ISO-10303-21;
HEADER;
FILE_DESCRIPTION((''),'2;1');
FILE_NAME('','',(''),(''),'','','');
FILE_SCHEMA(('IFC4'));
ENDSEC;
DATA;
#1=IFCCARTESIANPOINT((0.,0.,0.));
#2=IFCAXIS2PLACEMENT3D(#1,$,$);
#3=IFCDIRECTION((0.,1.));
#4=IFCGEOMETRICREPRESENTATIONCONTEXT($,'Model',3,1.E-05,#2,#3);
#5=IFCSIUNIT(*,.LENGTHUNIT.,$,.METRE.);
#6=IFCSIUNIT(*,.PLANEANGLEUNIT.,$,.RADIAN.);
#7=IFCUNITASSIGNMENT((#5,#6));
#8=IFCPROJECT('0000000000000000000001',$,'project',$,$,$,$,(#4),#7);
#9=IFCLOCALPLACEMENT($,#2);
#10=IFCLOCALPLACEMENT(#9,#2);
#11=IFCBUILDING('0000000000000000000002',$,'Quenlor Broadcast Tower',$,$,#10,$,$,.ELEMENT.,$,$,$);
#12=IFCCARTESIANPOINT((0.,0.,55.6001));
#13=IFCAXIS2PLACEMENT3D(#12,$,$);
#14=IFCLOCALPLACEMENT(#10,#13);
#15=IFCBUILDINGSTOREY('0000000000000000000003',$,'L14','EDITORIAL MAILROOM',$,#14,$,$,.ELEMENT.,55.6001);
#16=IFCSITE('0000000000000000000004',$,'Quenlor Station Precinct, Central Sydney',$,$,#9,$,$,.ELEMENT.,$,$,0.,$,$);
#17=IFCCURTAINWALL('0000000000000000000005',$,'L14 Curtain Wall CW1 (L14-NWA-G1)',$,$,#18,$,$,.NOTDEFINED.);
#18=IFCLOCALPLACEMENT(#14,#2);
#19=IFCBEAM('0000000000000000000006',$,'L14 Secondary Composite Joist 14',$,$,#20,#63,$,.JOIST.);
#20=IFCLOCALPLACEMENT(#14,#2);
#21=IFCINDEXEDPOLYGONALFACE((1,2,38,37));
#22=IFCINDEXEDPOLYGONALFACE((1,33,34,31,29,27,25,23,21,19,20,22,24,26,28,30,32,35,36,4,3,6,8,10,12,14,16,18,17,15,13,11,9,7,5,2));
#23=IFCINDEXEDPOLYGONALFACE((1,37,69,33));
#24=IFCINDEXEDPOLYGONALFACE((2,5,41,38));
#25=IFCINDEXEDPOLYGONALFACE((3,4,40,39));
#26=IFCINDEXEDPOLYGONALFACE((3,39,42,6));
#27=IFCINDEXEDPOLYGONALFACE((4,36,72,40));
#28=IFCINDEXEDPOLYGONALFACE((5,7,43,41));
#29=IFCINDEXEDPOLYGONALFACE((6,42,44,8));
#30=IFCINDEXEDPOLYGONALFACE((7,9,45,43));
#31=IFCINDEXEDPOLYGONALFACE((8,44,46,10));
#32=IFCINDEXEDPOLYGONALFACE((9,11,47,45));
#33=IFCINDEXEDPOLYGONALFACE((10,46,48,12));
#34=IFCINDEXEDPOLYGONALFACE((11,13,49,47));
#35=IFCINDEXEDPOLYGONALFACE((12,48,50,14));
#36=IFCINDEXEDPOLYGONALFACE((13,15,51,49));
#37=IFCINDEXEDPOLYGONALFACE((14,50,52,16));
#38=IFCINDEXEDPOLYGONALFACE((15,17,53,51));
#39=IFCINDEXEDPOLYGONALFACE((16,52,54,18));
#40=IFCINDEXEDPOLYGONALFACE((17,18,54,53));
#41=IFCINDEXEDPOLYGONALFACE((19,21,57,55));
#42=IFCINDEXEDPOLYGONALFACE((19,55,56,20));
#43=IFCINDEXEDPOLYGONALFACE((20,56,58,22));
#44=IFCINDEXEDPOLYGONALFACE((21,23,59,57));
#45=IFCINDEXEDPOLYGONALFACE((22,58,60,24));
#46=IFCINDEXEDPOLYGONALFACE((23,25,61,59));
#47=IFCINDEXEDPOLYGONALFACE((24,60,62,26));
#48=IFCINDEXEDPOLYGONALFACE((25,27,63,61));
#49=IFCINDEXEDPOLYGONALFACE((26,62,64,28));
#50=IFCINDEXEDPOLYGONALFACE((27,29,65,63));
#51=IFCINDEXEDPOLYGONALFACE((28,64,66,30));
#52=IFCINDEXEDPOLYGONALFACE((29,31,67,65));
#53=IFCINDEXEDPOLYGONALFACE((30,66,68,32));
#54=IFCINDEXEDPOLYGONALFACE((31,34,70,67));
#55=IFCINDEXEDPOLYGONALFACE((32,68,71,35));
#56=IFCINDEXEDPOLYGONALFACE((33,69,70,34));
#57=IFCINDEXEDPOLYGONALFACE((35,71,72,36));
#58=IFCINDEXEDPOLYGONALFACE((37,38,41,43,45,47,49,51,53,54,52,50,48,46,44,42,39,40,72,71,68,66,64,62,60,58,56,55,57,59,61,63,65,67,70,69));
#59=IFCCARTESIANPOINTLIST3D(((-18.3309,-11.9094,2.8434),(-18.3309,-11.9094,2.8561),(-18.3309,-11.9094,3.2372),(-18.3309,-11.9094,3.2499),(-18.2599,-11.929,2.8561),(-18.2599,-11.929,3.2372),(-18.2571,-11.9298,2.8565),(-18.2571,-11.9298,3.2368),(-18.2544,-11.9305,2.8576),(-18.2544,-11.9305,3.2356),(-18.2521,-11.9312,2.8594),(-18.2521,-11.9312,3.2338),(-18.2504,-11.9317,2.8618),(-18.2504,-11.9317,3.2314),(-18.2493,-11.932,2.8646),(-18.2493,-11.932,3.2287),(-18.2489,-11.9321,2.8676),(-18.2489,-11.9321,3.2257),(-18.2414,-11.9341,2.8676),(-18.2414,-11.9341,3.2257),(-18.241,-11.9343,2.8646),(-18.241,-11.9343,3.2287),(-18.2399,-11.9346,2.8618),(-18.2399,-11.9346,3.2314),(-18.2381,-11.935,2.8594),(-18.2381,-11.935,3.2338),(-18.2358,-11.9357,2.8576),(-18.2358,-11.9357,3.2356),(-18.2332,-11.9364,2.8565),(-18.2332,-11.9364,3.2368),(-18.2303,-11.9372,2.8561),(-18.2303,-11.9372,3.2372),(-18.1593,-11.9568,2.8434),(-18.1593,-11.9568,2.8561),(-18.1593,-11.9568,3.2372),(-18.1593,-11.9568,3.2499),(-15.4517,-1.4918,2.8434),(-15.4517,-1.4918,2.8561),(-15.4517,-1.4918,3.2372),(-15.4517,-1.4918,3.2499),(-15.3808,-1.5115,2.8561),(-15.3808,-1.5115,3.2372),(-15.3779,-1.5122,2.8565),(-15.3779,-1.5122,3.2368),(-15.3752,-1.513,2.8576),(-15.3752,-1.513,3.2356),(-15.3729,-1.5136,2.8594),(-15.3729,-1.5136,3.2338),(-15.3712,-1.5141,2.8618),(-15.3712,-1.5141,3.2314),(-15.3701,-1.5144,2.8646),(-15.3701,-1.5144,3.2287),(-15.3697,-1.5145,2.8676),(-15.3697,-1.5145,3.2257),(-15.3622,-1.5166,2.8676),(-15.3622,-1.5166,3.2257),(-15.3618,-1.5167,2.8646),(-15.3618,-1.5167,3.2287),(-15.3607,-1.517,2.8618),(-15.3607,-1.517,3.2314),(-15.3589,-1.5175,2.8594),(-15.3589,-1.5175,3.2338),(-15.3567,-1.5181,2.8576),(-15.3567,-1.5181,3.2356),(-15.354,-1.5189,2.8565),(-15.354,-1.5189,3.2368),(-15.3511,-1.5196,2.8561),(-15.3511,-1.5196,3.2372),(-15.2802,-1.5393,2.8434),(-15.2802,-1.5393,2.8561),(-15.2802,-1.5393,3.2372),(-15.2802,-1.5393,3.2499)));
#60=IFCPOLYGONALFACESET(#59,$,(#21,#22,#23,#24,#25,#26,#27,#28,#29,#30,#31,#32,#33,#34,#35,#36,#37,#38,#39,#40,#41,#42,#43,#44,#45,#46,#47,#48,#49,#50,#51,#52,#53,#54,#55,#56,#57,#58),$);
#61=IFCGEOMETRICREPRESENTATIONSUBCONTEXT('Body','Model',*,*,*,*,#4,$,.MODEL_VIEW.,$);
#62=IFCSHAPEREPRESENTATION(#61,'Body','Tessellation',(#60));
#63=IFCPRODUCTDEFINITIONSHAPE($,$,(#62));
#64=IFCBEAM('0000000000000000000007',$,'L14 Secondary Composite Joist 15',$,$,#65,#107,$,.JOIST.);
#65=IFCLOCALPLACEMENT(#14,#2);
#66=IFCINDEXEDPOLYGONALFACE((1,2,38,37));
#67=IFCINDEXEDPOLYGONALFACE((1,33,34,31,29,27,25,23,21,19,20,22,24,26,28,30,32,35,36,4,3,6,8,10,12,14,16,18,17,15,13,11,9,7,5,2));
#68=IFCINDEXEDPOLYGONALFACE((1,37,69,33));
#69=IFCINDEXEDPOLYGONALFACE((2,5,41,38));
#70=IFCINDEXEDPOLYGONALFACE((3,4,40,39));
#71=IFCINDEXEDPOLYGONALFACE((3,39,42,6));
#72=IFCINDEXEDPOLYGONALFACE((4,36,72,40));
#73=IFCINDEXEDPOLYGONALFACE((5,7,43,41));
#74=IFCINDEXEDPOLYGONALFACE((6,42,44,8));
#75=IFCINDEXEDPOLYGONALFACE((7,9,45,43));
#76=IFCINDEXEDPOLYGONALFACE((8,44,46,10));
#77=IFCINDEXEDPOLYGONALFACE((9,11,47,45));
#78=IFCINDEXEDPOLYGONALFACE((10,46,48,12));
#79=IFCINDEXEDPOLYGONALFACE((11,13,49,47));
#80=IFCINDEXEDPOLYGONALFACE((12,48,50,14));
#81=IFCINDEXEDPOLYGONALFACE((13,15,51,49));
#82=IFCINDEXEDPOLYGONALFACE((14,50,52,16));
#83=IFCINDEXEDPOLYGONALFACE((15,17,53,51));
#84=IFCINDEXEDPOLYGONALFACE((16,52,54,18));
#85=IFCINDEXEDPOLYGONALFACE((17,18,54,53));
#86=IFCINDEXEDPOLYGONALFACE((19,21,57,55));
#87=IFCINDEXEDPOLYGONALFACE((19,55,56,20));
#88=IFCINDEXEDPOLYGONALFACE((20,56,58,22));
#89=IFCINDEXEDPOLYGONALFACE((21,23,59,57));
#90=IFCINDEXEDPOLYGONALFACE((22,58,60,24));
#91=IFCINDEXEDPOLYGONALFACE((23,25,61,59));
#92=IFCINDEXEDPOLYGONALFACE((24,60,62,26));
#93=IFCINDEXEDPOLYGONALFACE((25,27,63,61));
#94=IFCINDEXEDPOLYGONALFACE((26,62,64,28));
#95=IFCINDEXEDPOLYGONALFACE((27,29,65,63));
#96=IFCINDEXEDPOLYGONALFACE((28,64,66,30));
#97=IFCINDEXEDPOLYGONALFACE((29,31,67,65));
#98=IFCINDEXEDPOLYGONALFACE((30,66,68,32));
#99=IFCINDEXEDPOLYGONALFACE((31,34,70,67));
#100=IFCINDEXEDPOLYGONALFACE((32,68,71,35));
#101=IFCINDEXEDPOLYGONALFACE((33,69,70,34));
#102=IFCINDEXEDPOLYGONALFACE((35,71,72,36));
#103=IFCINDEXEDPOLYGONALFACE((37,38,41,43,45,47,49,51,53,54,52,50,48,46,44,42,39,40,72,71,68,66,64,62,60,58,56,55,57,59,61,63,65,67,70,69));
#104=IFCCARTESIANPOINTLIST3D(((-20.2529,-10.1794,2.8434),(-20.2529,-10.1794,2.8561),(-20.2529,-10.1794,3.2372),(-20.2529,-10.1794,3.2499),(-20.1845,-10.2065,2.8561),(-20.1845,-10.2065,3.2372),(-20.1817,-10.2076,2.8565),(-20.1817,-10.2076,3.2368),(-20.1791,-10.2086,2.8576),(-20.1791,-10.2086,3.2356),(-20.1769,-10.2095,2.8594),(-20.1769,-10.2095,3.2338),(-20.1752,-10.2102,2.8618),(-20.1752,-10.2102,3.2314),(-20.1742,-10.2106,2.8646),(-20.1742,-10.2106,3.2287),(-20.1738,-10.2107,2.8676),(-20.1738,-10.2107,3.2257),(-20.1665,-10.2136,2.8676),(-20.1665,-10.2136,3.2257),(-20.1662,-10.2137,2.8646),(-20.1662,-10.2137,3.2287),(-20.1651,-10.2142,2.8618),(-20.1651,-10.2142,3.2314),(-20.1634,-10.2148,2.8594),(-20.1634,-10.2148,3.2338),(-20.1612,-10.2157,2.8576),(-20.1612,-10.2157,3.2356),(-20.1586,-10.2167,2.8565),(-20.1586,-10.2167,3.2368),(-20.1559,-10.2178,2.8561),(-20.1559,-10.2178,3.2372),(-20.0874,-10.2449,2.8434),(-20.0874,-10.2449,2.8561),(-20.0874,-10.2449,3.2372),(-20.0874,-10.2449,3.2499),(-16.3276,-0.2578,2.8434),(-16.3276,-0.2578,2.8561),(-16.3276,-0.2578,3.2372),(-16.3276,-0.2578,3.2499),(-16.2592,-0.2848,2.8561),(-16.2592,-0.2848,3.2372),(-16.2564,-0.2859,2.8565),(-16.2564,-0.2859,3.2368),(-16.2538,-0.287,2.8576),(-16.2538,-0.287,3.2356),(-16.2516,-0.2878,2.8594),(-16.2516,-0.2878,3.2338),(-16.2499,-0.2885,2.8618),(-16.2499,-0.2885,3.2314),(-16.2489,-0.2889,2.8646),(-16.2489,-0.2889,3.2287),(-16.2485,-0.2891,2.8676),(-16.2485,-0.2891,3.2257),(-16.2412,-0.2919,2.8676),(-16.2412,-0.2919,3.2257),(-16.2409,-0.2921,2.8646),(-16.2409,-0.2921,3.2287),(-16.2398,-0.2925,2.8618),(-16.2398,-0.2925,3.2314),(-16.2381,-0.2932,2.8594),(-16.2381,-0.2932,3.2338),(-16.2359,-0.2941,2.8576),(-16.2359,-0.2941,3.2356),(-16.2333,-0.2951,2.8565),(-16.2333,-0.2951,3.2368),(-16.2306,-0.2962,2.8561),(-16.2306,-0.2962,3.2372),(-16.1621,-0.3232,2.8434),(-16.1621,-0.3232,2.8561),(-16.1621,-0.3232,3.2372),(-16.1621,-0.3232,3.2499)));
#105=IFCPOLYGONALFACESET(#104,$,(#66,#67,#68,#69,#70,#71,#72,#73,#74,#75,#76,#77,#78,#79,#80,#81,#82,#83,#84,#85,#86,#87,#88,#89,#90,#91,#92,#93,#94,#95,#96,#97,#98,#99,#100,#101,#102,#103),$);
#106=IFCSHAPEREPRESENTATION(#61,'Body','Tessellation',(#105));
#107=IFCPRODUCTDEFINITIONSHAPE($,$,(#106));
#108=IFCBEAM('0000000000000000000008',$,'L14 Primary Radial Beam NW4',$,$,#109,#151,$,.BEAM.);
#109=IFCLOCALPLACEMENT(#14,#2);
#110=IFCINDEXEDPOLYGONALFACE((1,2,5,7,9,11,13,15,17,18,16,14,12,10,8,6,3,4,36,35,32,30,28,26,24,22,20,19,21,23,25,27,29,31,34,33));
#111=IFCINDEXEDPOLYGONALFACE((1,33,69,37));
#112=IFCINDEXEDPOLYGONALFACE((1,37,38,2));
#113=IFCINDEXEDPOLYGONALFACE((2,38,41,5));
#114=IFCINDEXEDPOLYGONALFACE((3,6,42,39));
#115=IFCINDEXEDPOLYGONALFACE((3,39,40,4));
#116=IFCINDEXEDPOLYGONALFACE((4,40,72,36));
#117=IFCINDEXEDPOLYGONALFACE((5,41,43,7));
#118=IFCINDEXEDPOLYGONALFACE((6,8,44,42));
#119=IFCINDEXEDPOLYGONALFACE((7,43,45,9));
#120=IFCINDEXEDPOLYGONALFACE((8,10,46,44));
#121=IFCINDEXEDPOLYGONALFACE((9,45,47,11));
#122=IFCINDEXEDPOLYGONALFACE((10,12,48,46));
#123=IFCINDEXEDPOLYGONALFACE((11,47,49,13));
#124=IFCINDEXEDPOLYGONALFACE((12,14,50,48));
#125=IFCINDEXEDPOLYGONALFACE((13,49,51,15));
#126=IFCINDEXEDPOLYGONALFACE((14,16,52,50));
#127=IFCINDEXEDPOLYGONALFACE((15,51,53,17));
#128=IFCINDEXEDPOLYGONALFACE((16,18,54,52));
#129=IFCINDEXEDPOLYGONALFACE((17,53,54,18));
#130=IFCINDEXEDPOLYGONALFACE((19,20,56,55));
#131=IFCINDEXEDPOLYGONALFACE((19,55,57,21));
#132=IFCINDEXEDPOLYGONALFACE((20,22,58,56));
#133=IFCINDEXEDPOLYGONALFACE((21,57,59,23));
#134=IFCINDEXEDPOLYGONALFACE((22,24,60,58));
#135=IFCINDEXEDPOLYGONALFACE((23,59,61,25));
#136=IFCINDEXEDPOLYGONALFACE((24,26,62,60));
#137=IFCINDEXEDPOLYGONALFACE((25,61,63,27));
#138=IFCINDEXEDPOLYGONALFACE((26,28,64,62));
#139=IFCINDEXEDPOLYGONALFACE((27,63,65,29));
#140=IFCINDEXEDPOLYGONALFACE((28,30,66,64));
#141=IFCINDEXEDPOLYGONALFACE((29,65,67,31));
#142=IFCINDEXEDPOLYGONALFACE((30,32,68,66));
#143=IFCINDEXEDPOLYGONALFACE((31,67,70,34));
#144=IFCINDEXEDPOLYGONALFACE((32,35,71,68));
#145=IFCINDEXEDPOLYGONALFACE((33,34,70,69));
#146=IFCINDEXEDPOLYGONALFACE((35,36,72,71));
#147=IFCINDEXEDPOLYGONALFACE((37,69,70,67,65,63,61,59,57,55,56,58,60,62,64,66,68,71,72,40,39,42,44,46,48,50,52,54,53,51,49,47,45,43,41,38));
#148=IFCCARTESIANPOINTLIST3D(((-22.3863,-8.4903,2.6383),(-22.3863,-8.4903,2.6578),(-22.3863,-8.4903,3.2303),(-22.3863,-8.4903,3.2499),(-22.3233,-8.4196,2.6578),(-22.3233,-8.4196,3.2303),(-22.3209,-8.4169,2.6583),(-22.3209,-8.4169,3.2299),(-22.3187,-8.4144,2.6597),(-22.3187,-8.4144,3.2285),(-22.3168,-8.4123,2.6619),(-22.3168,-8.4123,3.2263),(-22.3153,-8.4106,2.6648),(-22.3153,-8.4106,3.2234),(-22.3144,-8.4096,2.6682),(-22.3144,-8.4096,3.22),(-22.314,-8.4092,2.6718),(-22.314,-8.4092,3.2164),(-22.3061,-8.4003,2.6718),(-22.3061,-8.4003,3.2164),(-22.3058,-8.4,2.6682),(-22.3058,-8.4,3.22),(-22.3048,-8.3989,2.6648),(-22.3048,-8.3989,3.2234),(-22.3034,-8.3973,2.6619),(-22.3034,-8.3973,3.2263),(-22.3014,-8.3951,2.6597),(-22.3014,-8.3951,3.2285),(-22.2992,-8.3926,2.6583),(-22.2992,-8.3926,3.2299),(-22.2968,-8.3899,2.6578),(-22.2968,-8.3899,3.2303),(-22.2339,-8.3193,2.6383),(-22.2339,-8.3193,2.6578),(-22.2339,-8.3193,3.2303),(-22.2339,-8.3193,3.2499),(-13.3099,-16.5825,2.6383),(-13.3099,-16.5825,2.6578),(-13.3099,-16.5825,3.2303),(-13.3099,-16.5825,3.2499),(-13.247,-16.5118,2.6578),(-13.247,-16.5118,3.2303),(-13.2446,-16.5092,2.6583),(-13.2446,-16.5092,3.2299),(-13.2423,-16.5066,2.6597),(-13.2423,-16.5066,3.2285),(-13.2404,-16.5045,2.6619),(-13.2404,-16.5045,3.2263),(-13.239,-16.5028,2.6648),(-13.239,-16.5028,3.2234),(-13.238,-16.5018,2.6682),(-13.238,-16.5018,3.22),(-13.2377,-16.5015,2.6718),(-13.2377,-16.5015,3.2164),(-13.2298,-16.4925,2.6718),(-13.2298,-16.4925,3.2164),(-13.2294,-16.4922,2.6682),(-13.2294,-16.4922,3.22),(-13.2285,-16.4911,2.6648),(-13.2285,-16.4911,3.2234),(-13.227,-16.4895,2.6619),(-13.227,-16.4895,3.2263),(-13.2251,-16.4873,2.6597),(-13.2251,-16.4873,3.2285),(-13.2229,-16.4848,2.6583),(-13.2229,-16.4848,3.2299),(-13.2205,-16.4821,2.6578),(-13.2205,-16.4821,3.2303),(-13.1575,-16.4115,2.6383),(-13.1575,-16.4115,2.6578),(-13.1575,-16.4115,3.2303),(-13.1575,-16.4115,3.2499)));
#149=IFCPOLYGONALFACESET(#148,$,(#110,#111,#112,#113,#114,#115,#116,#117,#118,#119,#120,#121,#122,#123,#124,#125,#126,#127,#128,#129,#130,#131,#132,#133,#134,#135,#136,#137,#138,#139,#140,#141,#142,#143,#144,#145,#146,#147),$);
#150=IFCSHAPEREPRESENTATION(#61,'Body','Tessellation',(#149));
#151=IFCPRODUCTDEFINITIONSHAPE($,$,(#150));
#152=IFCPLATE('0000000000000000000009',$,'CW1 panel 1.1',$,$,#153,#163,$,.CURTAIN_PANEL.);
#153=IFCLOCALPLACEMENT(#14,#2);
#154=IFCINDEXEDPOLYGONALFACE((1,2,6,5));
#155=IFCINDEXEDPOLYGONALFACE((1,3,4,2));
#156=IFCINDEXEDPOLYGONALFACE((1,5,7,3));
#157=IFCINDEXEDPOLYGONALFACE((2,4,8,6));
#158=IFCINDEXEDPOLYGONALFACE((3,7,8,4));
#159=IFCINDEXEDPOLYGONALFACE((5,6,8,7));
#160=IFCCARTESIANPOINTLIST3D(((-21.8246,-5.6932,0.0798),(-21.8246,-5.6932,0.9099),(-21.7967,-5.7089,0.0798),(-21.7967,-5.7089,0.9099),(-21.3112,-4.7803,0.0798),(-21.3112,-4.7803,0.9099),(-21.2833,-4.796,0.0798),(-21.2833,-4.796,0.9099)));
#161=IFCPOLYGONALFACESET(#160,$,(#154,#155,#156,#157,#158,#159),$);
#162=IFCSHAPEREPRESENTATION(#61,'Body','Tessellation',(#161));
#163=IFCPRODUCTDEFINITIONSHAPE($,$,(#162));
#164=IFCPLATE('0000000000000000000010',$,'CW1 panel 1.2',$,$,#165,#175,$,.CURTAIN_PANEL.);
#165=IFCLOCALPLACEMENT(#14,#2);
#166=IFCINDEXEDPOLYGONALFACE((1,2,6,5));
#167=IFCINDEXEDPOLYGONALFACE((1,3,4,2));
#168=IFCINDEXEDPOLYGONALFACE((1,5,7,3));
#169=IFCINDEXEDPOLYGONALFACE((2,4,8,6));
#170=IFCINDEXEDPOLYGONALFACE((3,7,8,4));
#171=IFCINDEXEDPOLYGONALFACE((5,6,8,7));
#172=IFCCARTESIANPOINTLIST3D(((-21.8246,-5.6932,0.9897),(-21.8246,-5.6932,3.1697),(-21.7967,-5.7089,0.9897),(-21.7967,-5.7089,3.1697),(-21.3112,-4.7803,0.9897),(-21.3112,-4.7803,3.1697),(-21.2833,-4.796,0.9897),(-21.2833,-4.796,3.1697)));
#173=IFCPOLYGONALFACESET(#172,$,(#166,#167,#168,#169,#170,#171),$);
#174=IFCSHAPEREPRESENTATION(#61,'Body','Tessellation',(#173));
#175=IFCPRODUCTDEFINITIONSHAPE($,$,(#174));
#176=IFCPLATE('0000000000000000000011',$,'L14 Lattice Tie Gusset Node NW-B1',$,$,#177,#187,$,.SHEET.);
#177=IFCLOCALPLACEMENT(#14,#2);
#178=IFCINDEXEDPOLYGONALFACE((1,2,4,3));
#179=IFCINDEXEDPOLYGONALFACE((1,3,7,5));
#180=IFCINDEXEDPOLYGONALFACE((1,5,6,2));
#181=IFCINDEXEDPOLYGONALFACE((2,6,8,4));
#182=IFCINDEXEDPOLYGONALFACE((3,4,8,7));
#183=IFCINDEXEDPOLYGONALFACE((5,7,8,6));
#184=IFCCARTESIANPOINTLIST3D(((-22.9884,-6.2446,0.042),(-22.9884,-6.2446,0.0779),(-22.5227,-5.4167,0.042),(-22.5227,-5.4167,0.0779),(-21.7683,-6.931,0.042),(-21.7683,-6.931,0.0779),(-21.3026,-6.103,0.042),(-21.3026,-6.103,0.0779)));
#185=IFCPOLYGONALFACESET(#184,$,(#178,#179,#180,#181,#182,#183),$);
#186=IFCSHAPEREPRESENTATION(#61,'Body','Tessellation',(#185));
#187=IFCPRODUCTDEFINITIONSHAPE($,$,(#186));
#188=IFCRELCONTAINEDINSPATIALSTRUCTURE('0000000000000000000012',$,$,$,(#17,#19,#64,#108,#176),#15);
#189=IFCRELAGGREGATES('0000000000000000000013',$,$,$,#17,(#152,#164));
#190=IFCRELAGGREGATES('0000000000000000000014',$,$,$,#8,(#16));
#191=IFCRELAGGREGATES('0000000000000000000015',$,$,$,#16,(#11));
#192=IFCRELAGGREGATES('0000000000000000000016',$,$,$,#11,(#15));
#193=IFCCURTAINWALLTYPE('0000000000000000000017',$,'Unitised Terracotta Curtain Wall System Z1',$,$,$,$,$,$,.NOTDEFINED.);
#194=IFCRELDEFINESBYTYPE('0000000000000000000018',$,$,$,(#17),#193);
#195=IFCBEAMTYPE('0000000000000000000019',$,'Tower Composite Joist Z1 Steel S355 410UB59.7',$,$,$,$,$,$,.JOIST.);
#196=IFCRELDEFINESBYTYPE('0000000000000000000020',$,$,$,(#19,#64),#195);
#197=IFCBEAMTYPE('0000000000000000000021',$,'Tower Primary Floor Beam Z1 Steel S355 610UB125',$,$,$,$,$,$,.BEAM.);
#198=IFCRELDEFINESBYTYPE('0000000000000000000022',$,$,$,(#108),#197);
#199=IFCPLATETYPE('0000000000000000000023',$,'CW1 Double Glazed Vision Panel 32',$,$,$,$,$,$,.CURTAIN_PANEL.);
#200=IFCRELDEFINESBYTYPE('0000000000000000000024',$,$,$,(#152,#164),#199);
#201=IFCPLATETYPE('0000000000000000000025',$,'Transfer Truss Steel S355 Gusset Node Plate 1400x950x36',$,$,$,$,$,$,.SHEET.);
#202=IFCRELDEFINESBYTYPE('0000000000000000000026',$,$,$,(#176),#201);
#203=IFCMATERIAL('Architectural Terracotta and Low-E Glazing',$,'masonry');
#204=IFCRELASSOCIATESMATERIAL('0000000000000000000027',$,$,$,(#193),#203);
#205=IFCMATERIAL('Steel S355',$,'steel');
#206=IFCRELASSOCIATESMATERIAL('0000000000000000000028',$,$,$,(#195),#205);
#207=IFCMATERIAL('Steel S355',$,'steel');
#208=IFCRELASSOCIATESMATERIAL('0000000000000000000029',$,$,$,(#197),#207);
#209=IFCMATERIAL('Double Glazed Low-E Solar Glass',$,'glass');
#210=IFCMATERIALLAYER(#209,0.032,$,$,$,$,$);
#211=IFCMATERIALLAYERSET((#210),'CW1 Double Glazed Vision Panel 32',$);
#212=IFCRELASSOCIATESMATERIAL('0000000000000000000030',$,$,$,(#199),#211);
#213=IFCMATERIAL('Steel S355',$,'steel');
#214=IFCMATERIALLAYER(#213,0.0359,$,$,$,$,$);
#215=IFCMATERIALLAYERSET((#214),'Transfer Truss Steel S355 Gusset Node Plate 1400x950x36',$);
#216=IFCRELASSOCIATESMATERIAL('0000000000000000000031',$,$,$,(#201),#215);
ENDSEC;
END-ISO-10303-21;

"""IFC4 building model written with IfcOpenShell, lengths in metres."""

from ifc_helpers import new_model, si_unit, direction, frame, origin, origin_2d, place, context, subcontext, project, spatial, rectangle, i_section, extrude, material, layer, layer_set, material_profile, profile_set, type_object, element, aggregate, save


model = new_model("IFC4")

# Units and contexts
model_context = context("Model", 3, precision=1e-05, world=origin(), true_north=direction((0.0, 1.0)))
body_context = subcontext(model_context, "Body", "Model", "MODEL_VIEW")
ifc_project = project(units=[si_unit("LENGTHUNIT", "METRE"), si_unit("PLANEANGLEUNIT", "RADIAN")], contexts=[model_context])

# Site, building, storey
site_placement = place(None, origin())
site = spatial("IfcSite", under=ifc_project, at=site_placement, Name="Quenlor Station Precinct, Central Sydney", CompositionType="ELEMENT", RefElevation=0.0)
building_placement = place(site_placement, origin())
building = spatial("IfcBuilding", under=site, at=building_placement, Name="Quenlor Broadcast Tower", CompositionType="ELEMENT")
storey_placement = place(building_placement, frame((0.0, 0.0, 55.6001)))
storey = spatial("IfcBuildingStorey", under=building, at=storey_placement, Name="L14", Description="EDITORIAL MAILROOM", CompositionType="ELEMENT", Elevation=55.6001)

# Curtain wall
ifc_material_1 = material(Name="Architectural Terracotta and Low-E Glazing", Category="masonry")
curtain_wall_type = type_object("IfcCurtainWallType", Name="Unitised Terracotta Curtain Wall System Z1", PredefinedType="NOTDEFINED", material=ifc_material_1)
curtain_wall_placement = place(storey_placement, origin())
curtain_wall = element("IfcCurtainWall", 1, at=curtain_wall_placement, inside=storey, type_object=curtain_wall_type, Name="L14 Curtain Wall CW1 (L14-NWA-G1)", PredefinedType="NOTDEFINED")

# Beams
ifc_material_2 = material(Name="Steel S355", Category="steel")
ifc_material_profile_1 = material_profile(ifc_material_2, i_section(OverallWidth=0.178, OverallDepth=0.4065, WebThickness=0.0078, FlangeThickness=0.0127, FilletRadius=0.0115, at=origin_2d()))
ifc_profile_set_1 = profile_set([ifc_material_profile_1], Name="Steel S355 410UB59.7")
beam_type_1 = type_object("IfcBeamType", Name="Tower Composite Joist Z1 Steel S355 410UB59.7", PredefinedType="JOIST", material=ifc_profile_set_1)
beam_1_placement = place(storey_placement, frame((-18.2451, -11.9331, 3.0466), z_axis=(0.26639, 0.963865, 0.0), x_axis=(-0.963865, 0.26639, 0.0)))
element("IfcBeam", 2, at=beam_1_placement, inside=storey, type_object=beam_type_1, Name="L14 Secondary Composite Joist 14", PredefinedType="JOIST", context=body_context, shape_type="SweptSolid", body=[
    extrude(i_section(OverallWidth=0.178, OverallDepth=0.4065, WebThickness=0.0078, FlangeThickness=0.0127, FilletRadius=0.0115, at=origin_2d()), origin(), (0.0, 0.0, 1.0), 10.8081),
])
beam_2_placement = place(storey_placement, frame((-20.1702, -10.2122, 3.0466), z_axis=(0.367885, 0.929871, 0.0), x_axis=(-0.929871, 0.367885, 0.0)))
element("IfcBeam", 3, at=beam_2_placement, inside=storey, type_object=beam_type_1, Name="L14 Secondary Composite Joist 15", PredefinedType="JOIST", context=body_context, shape_type="SweptSolid", body=[
    extrude(i_section(OverallWidth=0.178, OverallDepth=0.4065, WebThickness=0.0078, FlangeThickness=0.0127, FilletRadius=0.0115, at=origin_2d()), origin(), (0.0, 0.0, 1.0), 10.6699),
])
ifc_material_3 = material(Name="Steel S355", Category="steel")
ifc_material_profile_2 = material_profile(ifc_material_3, i_section(OverallWidth=0.229, OverallDepth=0.6116, WebThickness=0.012, FlangeThickness=0.0195, FilletRadius=0.0139, at=origin_2d()))
ifc_profile_set_2 = profile_set([ifc_material_profile_2], Name="Steel S355 610UB125")
beam_type_2 = type_object("IfcBeamType", Name="Tower Primary Floor Beam Z1 Steel S355 610UB125", PredefinedType="BEAM", material=ifc_profile_set_2)
beam_3_placement = place(storey_placement, frame((-22.3101, -8.4048, 2.9441), z_axis=(0.746414, -0.665482, 0.0), x_axis=(0.665482, 0.746414, 0.0)))
element("IfcBeam", 4, at=beam_3_placement, inside=storey, type_object=beam_type_2, Name="L14 Primary Radial Beam NW4", PredefinedType="BEAM", context=body_context, shape_type="SweptSolid", body=[
    extrude(i_section(OverallWidth=0.229, OverallDepth=0.6116, WebThickness=0.012, FlangeThickness=0.0195, FilletRadius=0.0139, at=origin_2d()), origin(), (0.0, 0.0, 1.0), 12.1599),
])

# Plates
ifc_material_4 = material(Name="Double Glazed Low-E Solar Glass", Category="glass")
ifc_layer_1 = layer(ifc_material_4, 0.032)
ifc_layer_set_1 = layer_set([ifc_layer_1], Name="CW1 Double Glazed Vision Panel 32")
plate_type_1 = type_object("IfcPlateType", Name="CW1 Double Glazed Vision Panel 32", PredefinedType="CURTAIN_PANEL", material=ifc_layer_set_1)
plate_1_placement = place(storey_placement, frame((-21.554, -5.2446, 0.0798), z_axis=(0.0, 0.0, 1.0), x_axis=(0.490214, 0.871602, 0.0)))
plate_1 = element("IfcPlate", 5, at=plate_1_placement, type_object=plate_type_1, Name="CW1 panel 1.1", PredefinedType="CURTAIN_PANEL", context=body_context, shape_type="SweptSolid", body=[
    extrude(rectangle(XDim=1.0474, YDim=0.032, at=origin_2d()), origin(), (0.0, 0.0, 1.0), 0.8301),
])
plate_2_placement = place(storey_placement, frame((-21.554, -5.2446, 0.9897), z_axis=(0.0, 0.0, 1.0), x_axis=(0.490214, 0.871602, 0.0)))
plate_2 = element("IfcPlate", 6, at=plate_2_placement, type_object=plate_type_1, Name="CW1 panel 1.2", PredefinedType="CURTAIN_PANEL", context=body_context, shape_type="SweptSolid", body=[
    extrude(rectangle(XDim=1.0474, YDim=0.032, at=origin_2d()), origin(), (0.0, 0.0, 1.0), 2.1799),
])
aggregate(curtain_wall, [plate_1, plate_2])

# Plate
ifc_material_5 = material(Name="Steel S355", Category="steel")
ifc_layer_2 = layer(ifc_material_5, 0.0359)
ifc_layer_set_2 = layer_set([ifc_layer_2], Name="Transfer Truss Steel S355 Gusset Node Plate 1400x950x36")
plate_type_2 = type_object("IfcPlateType", Name="Transfer Truss Steel S355 Gusset Node Plate 1400x950x36", PredefinedType="SHEET", material=ifc_layer_set_2)
for number, where, z_axis, x_axis, name in (
    (7, (-22.1455, -6.1738, 0.042), (0.0, 0.0, 1.0), (-0.871556, 0.490295, 0.0), "L14 Lattice Tie Gusset Node NW-B1"),
):
    element("IfcPlate", number, at=place(storey_placement, frame(where, z_axis=z_axis, x_axis=x_axis)), inside=storey, type_object=plate_type_2, Name=name, PredefinedType="SHEET", context=body_context, shape_type="SweptSolid", body=[
        extrude(rectangle(XDim=1.3999, YDim=0.95, at=origin_2d()), origin(), (0.0, 0.0, 1.0), 0.0359),
    ])

save(model, "model.ifc")
